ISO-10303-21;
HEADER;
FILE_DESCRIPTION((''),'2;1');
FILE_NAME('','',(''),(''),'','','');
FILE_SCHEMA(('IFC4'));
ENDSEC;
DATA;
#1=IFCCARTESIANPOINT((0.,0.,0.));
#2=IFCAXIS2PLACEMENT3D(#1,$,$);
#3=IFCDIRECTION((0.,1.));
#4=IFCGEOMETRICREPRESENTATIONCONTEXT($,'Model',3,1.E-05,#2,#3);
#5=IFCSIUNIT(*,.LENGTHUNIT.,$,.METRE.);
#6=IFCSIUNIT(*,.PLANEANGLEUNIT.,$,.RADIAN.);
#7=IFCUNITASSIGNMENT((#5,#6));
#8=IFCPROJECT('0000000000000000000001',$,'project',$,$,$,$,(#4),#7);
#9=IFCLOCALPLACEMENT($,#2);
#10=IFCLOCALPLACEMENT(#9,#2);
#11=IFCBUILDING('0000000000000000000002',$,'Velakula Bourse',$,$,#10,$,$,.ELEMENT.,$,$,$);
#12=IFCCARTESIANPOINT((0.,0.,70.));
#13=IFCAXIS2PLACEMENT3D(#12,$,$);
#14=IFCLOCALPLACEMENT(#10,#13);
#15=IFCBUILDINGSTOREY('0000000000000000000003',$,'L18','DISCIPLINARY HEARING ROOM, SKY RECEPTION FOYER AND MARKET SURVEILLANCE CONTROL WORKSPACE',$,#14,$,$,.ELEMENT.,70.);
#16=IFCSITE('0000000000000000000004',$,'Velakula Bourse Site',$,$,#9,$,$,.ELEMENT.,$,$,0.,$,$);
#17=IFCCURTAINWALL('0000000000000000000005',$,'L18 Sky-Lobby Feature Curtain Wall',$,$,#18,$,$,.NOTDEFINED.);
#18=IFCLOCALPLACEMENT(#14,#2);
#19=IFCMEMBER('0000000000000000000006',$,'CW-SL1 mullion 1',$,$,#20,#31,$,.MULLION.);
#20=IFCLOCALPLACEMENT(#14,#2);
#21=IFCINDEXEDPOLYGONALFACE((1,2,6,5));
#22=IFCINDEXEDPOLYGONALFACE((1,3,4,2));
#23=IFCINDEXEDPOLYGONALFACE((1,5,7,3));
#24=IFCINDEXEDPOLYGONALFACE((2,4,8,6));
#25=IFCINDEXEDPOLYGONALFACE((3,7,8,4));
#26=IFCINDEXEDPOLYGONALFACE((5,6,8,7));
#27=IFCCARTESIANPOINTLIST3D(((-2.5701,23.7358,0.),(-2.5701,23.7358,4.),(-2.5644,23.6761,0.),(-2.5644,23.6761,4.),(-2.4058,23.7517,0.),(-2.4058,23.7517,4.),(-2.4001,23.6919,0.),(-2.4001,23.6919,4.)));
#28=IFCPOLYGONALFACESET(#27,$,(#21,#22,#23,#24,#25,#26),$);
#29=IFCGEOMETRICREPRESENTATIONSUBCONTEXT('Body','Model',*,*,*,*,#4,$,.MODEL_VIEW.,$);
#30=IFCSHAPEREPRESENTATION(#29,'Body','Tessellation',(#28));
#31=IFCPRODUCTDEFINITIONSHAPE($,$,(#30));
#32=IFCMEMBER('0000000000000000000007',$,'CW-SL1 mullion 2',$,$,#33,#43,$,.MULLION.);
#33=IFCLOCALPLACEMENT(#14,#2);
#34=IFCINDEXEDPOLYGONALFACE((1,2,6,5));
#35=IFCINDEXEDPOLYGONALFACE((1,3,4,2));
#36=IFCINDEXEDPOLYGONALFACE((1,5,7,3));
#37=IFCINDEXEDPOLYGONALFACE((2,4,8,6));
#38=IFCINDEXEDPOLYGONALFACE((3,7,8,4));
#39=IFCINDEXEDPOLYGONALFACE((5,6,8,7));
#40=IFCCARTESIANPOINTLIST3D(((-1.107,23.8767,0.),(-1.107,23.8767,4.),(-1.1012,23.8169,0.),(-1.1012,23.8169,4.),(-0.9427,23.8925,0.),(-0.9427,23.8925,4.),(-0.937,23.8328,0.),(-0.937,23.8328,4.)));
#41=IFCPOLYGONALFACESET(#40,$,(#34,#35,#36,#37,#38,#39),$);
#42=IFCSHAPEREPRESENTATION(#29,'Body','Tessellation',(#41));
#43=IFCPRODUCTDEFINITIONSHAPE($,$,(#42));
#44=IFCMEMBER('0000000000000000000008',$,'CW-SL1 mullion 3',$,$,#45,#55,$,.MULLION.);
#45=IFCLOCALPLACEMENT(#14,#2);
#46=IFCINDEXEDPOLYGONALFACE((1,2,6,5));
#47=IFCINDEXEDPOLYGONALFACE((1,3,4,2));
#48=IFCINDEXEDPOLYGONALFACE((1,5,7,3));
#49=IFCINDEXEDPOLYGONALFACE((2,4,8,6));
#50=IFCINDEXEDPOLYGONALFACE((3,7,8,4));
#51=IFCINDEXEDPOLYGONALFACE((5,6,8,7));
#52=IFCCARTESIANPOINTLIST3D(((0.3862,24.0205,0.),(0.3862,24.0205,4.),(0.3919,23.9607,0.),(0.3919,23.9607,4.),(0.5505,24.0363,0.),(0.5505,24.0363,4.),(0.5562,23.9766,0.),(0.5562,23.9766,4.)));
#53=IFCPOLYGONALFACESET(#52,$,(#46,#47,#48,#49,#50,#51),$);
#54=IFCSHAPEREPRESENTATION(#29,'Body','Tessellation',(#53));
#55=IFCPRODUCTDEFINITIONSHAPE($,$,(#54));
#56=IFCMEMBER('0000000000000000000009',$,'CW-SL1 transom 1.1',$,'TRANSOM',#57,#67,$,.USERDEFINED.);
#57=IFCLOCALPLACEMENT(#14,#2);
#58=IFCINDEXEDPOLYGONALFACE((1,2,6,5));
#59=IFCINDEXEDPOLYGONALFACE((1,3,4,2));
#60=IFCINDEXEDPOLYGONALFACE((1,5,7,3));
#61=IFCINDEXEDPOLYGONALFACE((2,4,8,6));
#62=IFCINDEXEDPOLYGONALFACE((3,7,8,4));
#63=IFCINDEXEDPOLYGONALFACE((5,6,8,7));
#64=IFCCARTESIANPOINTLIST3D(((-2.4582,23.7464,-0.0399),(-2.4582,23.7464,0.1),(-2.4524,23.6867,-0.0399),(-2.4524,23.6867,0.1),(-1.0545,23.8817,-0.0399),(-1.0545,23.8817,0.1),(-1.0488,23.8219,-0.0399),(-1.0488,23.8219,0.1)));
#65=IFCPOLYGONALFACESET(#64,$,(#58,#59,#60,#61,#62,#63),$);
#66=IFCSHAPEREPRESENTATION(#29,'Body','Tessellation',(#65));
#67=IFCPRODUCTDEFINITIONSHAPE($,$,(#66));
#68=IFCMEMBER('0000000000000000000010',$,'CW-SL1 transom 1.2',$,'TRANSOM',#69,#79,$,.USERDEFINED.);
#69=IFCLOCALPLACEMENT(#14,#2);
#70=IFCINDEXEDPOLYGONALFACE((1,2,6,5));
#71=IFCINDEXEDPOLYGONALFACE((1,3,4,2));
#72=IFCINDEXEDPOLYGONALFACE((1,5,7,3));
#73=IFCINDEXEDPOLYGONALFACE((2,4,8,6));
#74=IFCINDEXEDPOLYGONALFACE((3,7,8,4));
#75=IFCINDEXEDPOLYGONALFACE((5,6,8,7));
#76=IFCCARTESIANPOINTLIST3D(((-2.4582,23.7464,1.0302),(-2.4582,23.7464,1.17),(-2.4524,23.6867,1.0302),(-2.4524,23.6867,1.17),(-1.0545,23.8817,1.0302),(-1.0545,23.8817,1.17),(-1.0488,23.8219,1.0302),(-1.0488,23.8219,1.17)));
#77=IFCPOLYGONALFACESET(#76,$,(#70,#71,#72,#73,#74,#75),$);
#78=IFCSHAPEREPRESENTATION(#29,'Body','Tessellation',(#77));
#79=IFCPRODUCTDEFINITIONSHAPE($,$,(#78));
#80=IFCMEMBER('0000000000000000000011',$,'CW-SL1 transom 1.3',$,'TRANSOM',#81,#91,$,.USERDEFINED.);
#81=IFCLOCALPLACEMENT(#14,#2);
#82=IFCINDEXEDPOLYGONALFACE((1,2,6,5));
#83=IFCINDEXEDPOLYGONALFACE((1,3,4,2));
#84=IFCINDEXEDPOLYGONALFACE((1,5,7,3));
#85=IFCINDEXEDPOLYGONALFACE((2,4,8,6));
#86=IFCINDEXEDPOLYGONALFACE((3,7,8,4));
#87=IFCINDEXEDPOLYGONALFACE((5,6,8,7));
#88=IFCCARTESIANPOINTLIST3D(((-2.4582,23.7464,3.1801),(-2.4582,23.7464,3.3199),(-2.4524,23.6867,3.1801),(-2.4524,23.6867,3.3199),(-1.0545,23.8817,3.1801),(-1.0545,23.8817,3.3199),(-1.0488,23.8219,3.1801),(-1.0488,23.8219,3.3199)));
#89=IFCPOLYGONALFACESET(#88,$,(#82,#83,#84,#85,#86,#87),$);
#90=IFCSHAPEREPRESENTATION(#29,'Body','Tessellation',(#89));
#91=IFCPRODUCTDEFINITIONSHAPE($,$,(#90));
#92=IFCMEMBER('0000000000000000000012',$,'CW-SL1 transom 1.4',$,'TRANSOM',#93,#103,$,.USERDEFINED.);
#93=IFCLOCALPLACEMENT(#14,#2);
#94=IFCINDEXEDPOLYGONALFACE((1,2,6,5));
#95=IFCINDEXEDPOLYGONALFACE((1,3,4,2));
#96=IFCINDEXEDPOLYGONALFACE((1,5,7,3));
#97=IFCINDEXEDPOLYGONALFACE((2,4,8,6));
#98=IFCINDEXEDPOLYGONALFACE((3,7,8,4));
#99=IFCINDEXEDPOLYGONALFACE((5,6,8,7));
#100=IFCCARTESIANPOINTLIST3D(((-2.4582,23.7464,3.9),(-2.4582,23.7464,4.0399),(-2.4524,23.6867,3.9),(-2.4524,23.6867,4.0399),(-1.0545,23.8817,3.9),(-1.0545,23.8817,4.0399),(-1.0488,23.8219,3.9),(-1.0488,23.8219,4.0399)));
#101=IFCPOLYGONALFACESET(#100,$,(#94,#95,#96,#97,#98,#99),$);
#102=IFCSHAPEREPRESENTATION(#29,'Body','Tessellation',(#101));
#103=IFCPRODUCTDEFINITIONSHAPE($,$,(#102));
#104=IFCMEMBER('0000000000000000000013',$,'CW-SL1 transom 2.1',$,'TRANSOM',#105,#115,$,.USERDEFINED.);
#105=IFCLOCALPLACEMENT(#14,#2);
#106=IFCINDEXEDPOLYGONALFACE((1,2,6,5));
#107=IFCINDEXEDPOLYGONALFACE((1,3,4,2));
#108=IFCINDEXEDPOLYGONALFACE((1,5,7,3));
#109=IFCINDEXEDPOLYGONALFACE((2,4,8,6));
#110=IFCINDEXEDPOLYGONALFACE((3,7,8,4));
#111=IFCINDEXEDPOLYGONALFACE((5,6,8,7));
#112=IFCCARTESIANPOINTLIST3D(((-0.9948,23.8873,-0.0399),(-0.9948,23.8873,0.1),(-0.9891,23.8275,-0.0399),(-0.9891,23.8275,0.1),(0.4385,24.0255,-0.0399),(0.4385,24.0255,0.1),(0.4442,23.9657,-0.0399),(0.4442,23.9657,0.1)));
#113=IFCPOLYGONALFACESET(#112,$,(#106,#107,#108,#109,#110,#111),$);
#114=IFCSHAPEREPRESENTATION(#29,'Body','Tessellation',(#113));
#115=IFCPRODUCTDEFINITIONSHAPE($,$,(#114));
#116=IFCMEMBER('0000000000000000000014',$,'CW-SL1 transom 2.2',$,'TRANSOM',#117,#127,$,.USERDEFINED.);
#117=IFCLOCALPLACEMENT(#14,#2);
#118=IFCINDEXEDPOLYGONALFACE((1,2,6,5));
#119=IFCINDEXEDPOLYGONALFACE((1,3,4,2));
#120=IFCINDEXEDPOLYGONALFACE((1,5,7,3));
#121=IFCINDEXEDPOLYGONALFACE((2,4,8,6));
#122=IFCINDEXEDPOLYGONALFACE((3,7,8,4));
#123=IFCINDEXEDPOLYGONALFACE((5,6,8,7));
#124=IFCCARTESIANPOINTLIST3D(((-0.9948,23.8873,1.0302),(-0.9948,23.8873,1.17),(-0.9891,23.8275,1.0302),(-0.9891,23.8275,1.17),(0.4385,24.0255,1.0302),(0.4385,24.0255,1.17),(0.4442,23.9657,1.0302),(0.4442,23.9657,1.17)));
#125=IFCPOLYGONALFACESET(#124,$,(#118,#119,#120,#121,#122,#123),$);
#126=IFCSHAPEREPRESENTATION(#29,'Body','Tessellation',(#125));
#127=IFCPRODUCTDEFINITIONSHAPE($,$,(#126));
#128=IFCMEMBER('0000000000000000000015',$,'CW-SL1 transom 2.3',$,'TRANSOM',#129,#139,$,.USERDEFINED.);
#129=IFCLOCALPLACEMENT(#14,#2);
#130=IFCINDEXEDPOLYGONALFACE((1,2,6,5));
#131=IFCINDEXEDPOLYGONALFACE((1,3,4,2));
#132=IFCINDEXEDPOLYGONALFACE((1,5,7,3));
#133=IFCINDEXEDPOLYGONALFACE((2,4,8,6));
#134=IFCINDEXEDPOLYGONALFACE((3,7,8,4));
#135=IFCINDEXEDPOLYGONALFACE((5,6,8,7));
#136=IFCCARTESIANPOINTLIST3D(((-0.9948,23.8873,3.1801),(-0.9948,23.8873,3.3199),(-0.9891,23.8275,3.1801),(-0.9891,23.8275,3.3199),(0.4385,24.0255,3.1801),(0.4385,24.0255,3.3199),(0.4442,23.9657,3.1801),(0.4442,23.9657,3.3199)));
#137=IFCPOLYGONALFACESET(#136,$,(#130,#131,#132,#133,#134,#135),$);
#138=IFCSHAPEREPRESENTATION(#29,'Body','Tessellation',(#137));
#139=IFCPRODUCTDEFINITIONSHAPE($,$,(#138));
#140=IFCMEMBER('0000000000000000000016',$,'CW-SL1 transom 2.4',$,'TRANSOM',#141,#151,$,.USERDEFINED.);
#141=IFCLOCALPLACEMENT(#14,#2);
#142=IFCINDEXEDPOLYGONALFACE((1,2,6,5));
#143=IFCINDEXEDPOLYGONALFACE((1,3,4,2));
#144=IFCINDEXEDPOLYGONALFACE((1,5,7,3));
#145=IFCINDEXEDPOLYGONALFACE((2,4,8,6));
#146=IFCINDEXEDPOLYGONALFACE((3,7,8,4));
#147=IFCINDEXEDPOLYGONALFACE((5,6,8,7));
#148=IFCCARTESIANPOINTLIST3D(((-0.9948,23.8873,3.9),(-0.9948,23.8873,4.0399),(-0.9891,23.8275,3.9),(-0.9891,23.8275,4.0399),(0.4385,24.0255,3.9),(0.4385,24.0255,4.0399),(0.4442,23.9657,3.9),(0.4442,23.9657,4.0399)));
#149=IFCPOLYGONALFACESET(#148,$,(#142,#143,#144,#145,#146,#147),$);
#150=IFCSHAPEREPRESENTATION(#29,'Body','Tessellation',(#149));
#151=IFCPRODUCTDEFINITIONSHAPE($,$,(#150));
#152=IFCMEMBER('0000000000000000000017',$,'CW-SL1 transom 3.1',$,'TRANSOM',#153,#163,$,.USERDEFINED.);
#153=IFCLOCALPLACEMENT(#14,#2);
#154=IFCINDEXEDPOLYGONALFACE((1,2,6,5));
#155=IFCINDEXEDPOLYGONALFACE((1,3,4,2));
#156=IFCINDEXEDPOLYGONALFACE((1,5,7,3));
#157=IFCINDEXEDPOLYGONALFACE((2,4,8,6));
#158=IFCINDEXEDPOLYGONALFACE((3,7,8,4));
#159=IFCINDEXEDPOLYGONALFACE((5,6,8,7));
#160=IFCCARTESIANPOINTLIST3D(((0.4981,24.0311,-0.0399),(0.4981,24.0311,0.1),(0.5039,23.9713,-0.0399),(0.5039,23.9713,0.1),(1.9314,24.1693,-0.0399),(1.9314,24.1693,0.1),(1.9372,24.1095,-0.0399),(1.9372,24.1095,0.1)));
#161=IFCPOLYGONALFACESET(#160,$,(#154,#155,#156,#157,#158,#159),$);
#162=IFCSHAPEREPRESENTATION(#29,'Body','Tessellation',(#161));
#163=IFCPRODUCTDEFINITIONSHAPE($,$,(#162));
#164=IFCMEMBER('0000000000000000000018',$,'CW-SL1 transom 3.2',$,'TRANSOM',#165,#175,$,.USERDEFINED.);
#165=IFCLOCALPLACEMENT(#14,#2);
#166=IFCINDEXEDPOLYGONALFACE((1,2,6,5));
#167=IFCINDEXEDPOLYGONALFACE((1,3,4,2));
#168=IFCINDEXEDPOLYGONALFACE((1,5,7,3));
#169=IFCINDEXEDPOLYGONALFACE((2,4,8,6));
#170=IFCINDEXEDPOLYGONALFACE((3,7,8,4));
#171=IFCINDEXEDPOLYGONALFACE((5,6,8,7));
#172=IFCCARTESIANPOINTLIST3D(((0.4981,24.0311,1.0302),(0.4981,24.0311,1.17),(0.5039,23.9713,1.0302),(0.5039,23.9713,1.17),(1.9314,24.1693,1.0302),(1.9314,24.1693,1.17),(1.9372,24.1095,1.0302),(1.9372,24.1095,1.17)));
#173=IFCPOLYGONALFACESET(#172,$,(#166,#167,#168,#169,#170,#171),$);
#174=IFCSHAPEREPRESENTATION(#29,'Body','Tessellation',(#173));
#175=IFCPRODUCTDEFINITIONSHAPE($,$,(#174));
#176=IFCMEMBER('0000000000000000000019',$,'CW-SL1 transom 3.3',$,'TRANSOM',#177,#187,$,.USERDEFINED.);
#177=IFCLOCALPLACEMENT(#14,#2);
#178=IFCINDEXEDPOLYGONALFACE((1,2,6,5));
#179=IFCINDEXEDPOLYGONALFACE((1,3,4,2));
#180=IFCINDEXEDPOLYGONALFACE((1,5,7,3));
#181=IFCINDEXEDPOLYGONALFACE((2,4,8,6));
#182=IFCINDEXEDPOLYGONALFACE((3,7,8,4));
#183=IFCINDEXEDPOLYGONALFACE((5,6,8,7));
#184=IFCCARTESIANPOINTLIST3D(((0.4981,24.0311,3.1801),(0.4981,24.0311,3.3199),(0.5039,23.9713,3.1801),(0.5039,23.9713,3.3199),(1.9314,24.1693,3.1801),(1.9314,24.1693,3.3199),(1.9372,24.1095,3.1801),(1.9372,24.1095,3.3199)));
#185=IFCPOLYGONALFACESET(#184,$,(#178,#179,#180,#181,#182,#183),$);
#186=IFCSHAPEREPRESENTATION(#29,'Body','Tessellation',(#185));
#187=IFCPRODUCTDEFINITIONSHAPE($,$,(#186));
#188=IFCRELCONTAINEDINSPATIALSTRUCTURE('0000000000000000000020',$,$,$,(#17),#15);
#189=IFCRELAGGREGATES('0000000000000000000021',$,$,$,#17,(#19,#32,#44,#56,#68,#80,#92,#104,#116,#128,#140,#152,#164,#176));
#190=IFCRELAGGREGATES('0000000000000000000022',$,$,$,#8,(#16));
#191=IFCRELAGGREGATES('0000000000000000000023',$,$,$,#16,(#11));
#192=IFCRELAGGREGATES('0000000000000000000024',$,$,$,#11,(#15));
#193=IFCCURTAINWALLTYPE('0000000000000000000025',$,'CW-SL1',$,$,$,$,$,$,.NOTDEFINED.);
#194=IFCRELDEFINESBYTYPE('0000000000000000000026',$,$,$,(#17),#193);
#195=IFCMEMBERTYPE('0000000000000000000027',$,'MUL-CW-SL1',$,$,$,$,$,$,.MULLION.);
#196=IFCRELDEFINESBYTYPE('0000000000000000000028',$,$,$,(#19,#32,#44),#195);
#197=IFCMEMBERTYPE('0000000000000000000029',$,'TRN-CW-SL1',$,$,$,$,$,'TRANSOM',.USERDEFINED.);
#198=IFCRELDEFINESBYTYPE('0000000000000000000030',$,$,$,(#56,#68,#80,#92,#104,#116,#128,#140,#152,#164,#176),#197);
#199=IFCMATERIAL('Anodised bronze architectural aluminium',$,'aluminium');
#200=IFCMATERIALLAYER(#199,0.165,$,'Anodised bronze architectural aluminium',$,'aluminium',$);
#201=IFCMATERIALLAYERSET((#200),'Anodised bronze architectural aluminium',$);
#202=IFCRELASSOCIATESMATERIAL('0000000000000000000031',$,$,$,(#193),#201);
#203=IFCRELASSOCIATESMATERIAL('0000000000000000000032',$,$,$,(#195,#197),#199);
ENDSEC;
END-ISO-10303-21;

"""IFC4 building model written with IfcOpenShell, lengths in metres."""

from ifc_helpers import new_model, si_unit, direction, frame, origin, origin_2d, place, context, subcontext, project, spatial, rectangle, extrude, material, layer, layer_set, material_profile, profile_set, type_object, element, aggregate, save


model = new_model("IFC4")

# Units and contexts
model_context = context("Model", 3, precision=1e-05, world=origin(), true_north=direction((0.0, 1.0)))
body_context = subcontext(model_context, "Body", "Model", "MODEL_VIEW")
ifc_project = project(units=[si_unit("LENGTHUNIT", "METRE"), si_unit("PLANEANGLEUNIT", "RADIAN")], contexts=[model_context])

# Site, building, storey
site_placement = place(None, origin())
site = spatial("IfcSite", under=ifc_project, at=site_placement, Name="Velakula Bourse Site", CompositionType="ELEMENT", RefElevation=0.0)
building_placement = place(site_placement, origin())
building = spatial("IfcBuilding", under=site, at=building_placement, Name="Velakula Bourse", CompositionType="ELEMENT")
storey_placement = place(building_placement, frame((0.0, 0.0, 70.0)))
storey = spatial("IfcBuildingStorey", under=building, at=storey_placement, Name="L18", Description="DISCIPLINARY HEARING ROOM, SKY RECEPTION FOYER AND MARKET SURVEILLANCE CONTROL WORKSPACE", CompositionType="ELEMENT", Elevation=70.0)

# Curtain wall, members
ifc_material_1 = material(Name="Anodised bronze architectural aluminium", Category="aluminium")
ifc_layer_1 = layer(ifc_material_1, 0.165, Name="Anodised bronze architectural aluminium", Category="aluminium")
ifc_layer_set_1 = layer_set([ifc_layer_1], Name="Anodised bronze architectural aluminium")
curtain_wall_type = type_object("IfcCurtainWallType", Name="CW-SL1", PredefinedType="NOTDEFINED", material=ifc_layer_set_1)
curtain_wall_placement = place(storey_placement, origin())
curtain_wall = element("IfcCurtainWall", 1, at=curtain_wall_placement, inside=storey, type_object=curtain_wall_type, Name="L18 Sky-Lobby Feature Curtain Wall", PredefinedType="NOTDEFINED")
ifc_material_profile_1 = material_profile(ifc_material_1, rectangle(XDim=0.0601, YDim=0.165, at=origin_2d()), Name="Anodised bronze architectural aluminium")
ifc_profile_set_1 = profile_set([ifc_material_profile_1], Name="Anodised bronze architectural aluminium")
member_type_1 = type_object("IfcMemberType", Name="MUL-CW-SL1", PredefinedType="MULLION", material=ifc_profile_set_1)
member_1_placement = place(storey_placement, frame((-2.4851, 23.7139, 0.0), z_axis=(0.0, 0.0, 1.0), x_axis=(-0.095845, 0.995396, 0.0)))
member_1 = element("IfcMember", 2, at=member_1_placement, type_object=member_type_1, Name="CW-SL1 mullion 1", PredefinedType="MULLION", context=body_context, shape_type="SweptSolid", body=[
    extrude(rectangle(XDim=0.0601, YDim=0.165, at=origin_2d()), origin(), (0.0, 0.0, 1.0), 4.0),
])
member_2_placement = place(storey_placement, frame((-1.022, 23.8547, 0.0), z_axis=(0.0, 0.0, 1.0), x_axis=(-0.095845, 0.995396, 0.0)))
member_2 = element("IfcMember", 3, at=member_2_placement, type_object=member_type_1, Name="CW-SL1 mullion 2", PredefinedType="MULLION", context=body_context, shape_type="SweptSolid", body=[
    extrude(rectangle(XDim=0.0601, YDim=0.165, at=origin_2d()), origin(), (0.0, 0.0, 1.0), 4.0),
])
member_3_placement = place(storey_placement, frame((0.4712, 23.9985, 0.0), z_axis=(0.0, 0.0, 1.0), x_axis=(-0.095845, 0.995396, 0.0)))
member_3 = element("IfcMember", 4, at=member_3_placement, type_object=member_type_1, Name="CW-SL1 mullion 3", PredefinedType="MULLION", context=body_context, shape_type="SweptSolid", body=[
    extrude(rectangle(XDim=0.0601, YDim=0.165, at=origin_2d()), origin(), (0.0, 0.0, 1.0), 4.0),
])
ifc_material_profile_2 = material_profile(ifc_material_1, rectangle(XDim=0.0601, YDim=0.1399, at=origin_2d()), Name="Anodised bronze architectural aluminium")
ifc_profile_set_2 = profile_set([ifc_material_profile_2], Name="Anodised bronze architectural aluminium")
member_type_2 = type_object("IfcMemberType", Name="TRN-CW-SL1", ElementType="TRANSOM", PredefinedType="USERDEFINED", material=ifc_profile_set_2)
member_4_placement = place(storey_placement, frame((-2.4553, 23.7166, 0.03), z_axis=(0.995389, 0.09592, 0.0), x_axis=(-0.09592, 0.995389, 0.0)))
member_4 = element("IfcMember", 5, at=member_4_placement, type_object=member_type_2, Name="CW-SL1 transom 1.1", ObjectType="TRANSOM", PredefinedType="USERDEFINED", context=body_context, shape_type="SweptSolid", body=[
    extrude(rectangle(XDim=0.0601, YDim=0.1399, at=origin_2d()), origin(), (0.0, 0.0, 1.0), 1.4102),
])
member_5_placement = place(storey_placement, frame((-2.4553, 23.7166, 1.1001), z_axis=(0.995389, 0.09592, 0.0), x_axis=(-0.09592, 0.995389, 0.0)))
member_5 = element("IfcMember", 6, at=member_5_placement, type_object=member_type_2, Name="CW-SL1 transom 1.2", ObjectType="TRANSOM", PredefinedType="USERDEFINED", context=body_context, shape_type="SweptSolid", body=[
    extrude(rectangle(XDim=0.0601, YDim=0.1399, at=origin_2d()), origin(), (0.0, 0.0, 1.0), 1.4102),
])
member_6_placement = place(storey_placement, frame((-2.4553, 23.7166, 3.25), z_axis=(0.995389, 0.09592, 0.0), x_axis=(-0.09592, 0.995389, 0.0)))
member_6 = element("IfcMember", 7, at=member_6_placement, type_object=member_type_2, Name="CW-SL1 transom 1.3", ObjectType="TRANSOM", PredefinedType="USERDEFINED", context=body_context, shape_type="SweptSolid", body=[
    extrude(rectangle(XDim=0.0601, YDim=0.1399, at=origin_2d()), origin(), (0.0, 0.0, 1.0), 1.4102),
])
member_7_placement = place(storey_placement, frame((-2.4553, 23.7166, 3.97), z_axis=(0.995389, 0.09592, 0.0), x_axis=(-0.09592, 0.995389, 0.0)))
member_7 = element("IfcMember", 8, at=member_7_placement, type_object=member_type_2, Name="CW-SL1 transom 1.4", ObjectType="TRANSOM", PredefinedType="USERDEFINED", context=body_context, shape_type="SweptSolid", body=[
    extrude(rectangle(XDim=0.0601, YDim=0.1399, at=origin_2d()), origin(), (0.0, 0.0, 1.0), 1.4102),
])
member_8_placement = place(storey_placement, frame((-0.9919, 23.8574, 0.03), z_axis=(0.995385, 0.095961, 0.0), x_axis=(-0.095961, 0.995385, 0.0)))
member_8 = element("IfcMember", 9, at=member_8_placement, type_object=member_type_2, Name="CW-SL1 transom 2.1", ObjectType="TRANSOM", PredefinedType="USERDEFINED", context=body_context, shape_type="SweptSolid", body=[
    extrude(rectangle(XDim=0.0601, YDim=0.1399, at=origin_2d()), origin(), (0.0, 0.0, 1.0), 1.4399),
])
member_9_placement = place(storey_placement, frame((-0.9919, 23.8574, 1.1001), z_axis=(0.995385, 0.095961, 0.0), x_axis=(-0.095961, 0.995385, 0.0)))
member_9 = element("IfcMember", 10, at=member_9_placement, type_object=member_type_2, Name="CW-SL1 transom 2.2", ObjectType="TRANSOM", PredefinedType="USERDEFINED", context=body_context, shape_type="SweptSolid", body=[
    extrude(rectangle(XDim=0.0601, YDim=0.1399, at=origin_2d()), origin(), (0.0, 0.0, 1.0), 1.4399),
])
member_10_placement = place(storey_placement, frame((-0.9919, 23.8574, 3.25), z_axis=(0.995385, 0.095961, 0.0), x_axis=(-0.095961, 0.995385, 0.0)))
member_10 = element("IfcMember", 11, at=member_10_placement, type_object=member_type_2, Name="CW-SL1 transom 2.3", ObjectType="TRANSOM", PredefinedType="USERDEFINED", context=body_context, shape_type="SweptSolid", body=[
    extrude(rectangle(XDim=0.0601, YDim=0.1399, at=origin_2d()), origin(), (0.0, 0.0, 1.0), 1.4399),
])
member_11_placement = place(storey_placement, frame((-0.9919, 23.8574, 3.97), z_axis=(0.995385, 0.095961, 0.0), x_axis=(-0.095961, 0.995385, 0.0)))
member_11 = element("IfcMember", 12, at=member_11_placement, type_object=member_type_2, Name="CW-SL1 transom 2.4", ObjectType="TRANSOM", PredefinedType="USERDEFINED", context=body_context, shape_type="SweptSolid", body=[
    extrude(rectangle(XDim=0.0601, YDim=0.1399, at=origin_2d()), origin(), (0.0, 0.0, 1.0), 1.4399),
])
member_12_placement = place(storey_placement, frame((0.501, 24.0012, 0.03), z_axis=(0.995385, 0.095961, 0.0), x_axis=(-0.095961, 0.995385, 0.0)))
member_12 = element("IfcMember", 13, at=member_12_placement, type_object=member_type_2, Name="CW-SL1 transom 3.1", ObjectType="TRANSOM", PredefinedType="USERDEFINED", context=body_context, shape_type="SweptSolid", body=[
    extrude(rectangle(XDim=0.0601, YDim=0.1399, at=origin_2d()), origin(), (0.0, 0.0, 1.0), 1.4399),
])
member_13_placement = place(storey_placement, frame((0.501, 24.0012, 1.1001), z_axis=(0.995385, 0.095961, 0.0), x_axis=(-0.095961, 0.995385, 0.0)))
member_13 = element("IfcMember", 14, at=member_13_placement, type_object=member_type_2, Name="CW-SL1 transom 3.2", ObjectType="TRANSOM", PredefinedType="USERDEFINED", context=body_context, shape_type="SweptSolid", body=[
    extrude(rectangle(XDim=0.0601, YDim=0.1399, at=origin_2d()), origin(), (0.0, 0.0, 1.0), 1.4399),
])
member_14_placement = place(storey_placement, frame((0.501, 24.0012, 3.25), z_axis=(0.995385, 0.095961, 0.0), x_axis=(-0.095961, 0.995385, 0.0)))
member_14 = element("IfcMember", 15, at=member_14_placement, type_object=member_type_2, Name="CW-SL1 transom 3.3", ObjectType="TRANSOM", PredefinedType="USERDEFINED", context=body_context, shape_type="SweptSolid", body=[
    extrude(rectangle(XDim=0.0601, YDim=0.1399, at=origin_2d()), origin(), (0.0, 0.0, 1.0), 1.4399),
])
aggregate(curtain_wall, [member_1, member_2, member_3, member_4, member_5, member_6, member_7, member_8, member_9, member_10, member_11, member_12, member_13, member_14])

save(model, "model.ifc")
